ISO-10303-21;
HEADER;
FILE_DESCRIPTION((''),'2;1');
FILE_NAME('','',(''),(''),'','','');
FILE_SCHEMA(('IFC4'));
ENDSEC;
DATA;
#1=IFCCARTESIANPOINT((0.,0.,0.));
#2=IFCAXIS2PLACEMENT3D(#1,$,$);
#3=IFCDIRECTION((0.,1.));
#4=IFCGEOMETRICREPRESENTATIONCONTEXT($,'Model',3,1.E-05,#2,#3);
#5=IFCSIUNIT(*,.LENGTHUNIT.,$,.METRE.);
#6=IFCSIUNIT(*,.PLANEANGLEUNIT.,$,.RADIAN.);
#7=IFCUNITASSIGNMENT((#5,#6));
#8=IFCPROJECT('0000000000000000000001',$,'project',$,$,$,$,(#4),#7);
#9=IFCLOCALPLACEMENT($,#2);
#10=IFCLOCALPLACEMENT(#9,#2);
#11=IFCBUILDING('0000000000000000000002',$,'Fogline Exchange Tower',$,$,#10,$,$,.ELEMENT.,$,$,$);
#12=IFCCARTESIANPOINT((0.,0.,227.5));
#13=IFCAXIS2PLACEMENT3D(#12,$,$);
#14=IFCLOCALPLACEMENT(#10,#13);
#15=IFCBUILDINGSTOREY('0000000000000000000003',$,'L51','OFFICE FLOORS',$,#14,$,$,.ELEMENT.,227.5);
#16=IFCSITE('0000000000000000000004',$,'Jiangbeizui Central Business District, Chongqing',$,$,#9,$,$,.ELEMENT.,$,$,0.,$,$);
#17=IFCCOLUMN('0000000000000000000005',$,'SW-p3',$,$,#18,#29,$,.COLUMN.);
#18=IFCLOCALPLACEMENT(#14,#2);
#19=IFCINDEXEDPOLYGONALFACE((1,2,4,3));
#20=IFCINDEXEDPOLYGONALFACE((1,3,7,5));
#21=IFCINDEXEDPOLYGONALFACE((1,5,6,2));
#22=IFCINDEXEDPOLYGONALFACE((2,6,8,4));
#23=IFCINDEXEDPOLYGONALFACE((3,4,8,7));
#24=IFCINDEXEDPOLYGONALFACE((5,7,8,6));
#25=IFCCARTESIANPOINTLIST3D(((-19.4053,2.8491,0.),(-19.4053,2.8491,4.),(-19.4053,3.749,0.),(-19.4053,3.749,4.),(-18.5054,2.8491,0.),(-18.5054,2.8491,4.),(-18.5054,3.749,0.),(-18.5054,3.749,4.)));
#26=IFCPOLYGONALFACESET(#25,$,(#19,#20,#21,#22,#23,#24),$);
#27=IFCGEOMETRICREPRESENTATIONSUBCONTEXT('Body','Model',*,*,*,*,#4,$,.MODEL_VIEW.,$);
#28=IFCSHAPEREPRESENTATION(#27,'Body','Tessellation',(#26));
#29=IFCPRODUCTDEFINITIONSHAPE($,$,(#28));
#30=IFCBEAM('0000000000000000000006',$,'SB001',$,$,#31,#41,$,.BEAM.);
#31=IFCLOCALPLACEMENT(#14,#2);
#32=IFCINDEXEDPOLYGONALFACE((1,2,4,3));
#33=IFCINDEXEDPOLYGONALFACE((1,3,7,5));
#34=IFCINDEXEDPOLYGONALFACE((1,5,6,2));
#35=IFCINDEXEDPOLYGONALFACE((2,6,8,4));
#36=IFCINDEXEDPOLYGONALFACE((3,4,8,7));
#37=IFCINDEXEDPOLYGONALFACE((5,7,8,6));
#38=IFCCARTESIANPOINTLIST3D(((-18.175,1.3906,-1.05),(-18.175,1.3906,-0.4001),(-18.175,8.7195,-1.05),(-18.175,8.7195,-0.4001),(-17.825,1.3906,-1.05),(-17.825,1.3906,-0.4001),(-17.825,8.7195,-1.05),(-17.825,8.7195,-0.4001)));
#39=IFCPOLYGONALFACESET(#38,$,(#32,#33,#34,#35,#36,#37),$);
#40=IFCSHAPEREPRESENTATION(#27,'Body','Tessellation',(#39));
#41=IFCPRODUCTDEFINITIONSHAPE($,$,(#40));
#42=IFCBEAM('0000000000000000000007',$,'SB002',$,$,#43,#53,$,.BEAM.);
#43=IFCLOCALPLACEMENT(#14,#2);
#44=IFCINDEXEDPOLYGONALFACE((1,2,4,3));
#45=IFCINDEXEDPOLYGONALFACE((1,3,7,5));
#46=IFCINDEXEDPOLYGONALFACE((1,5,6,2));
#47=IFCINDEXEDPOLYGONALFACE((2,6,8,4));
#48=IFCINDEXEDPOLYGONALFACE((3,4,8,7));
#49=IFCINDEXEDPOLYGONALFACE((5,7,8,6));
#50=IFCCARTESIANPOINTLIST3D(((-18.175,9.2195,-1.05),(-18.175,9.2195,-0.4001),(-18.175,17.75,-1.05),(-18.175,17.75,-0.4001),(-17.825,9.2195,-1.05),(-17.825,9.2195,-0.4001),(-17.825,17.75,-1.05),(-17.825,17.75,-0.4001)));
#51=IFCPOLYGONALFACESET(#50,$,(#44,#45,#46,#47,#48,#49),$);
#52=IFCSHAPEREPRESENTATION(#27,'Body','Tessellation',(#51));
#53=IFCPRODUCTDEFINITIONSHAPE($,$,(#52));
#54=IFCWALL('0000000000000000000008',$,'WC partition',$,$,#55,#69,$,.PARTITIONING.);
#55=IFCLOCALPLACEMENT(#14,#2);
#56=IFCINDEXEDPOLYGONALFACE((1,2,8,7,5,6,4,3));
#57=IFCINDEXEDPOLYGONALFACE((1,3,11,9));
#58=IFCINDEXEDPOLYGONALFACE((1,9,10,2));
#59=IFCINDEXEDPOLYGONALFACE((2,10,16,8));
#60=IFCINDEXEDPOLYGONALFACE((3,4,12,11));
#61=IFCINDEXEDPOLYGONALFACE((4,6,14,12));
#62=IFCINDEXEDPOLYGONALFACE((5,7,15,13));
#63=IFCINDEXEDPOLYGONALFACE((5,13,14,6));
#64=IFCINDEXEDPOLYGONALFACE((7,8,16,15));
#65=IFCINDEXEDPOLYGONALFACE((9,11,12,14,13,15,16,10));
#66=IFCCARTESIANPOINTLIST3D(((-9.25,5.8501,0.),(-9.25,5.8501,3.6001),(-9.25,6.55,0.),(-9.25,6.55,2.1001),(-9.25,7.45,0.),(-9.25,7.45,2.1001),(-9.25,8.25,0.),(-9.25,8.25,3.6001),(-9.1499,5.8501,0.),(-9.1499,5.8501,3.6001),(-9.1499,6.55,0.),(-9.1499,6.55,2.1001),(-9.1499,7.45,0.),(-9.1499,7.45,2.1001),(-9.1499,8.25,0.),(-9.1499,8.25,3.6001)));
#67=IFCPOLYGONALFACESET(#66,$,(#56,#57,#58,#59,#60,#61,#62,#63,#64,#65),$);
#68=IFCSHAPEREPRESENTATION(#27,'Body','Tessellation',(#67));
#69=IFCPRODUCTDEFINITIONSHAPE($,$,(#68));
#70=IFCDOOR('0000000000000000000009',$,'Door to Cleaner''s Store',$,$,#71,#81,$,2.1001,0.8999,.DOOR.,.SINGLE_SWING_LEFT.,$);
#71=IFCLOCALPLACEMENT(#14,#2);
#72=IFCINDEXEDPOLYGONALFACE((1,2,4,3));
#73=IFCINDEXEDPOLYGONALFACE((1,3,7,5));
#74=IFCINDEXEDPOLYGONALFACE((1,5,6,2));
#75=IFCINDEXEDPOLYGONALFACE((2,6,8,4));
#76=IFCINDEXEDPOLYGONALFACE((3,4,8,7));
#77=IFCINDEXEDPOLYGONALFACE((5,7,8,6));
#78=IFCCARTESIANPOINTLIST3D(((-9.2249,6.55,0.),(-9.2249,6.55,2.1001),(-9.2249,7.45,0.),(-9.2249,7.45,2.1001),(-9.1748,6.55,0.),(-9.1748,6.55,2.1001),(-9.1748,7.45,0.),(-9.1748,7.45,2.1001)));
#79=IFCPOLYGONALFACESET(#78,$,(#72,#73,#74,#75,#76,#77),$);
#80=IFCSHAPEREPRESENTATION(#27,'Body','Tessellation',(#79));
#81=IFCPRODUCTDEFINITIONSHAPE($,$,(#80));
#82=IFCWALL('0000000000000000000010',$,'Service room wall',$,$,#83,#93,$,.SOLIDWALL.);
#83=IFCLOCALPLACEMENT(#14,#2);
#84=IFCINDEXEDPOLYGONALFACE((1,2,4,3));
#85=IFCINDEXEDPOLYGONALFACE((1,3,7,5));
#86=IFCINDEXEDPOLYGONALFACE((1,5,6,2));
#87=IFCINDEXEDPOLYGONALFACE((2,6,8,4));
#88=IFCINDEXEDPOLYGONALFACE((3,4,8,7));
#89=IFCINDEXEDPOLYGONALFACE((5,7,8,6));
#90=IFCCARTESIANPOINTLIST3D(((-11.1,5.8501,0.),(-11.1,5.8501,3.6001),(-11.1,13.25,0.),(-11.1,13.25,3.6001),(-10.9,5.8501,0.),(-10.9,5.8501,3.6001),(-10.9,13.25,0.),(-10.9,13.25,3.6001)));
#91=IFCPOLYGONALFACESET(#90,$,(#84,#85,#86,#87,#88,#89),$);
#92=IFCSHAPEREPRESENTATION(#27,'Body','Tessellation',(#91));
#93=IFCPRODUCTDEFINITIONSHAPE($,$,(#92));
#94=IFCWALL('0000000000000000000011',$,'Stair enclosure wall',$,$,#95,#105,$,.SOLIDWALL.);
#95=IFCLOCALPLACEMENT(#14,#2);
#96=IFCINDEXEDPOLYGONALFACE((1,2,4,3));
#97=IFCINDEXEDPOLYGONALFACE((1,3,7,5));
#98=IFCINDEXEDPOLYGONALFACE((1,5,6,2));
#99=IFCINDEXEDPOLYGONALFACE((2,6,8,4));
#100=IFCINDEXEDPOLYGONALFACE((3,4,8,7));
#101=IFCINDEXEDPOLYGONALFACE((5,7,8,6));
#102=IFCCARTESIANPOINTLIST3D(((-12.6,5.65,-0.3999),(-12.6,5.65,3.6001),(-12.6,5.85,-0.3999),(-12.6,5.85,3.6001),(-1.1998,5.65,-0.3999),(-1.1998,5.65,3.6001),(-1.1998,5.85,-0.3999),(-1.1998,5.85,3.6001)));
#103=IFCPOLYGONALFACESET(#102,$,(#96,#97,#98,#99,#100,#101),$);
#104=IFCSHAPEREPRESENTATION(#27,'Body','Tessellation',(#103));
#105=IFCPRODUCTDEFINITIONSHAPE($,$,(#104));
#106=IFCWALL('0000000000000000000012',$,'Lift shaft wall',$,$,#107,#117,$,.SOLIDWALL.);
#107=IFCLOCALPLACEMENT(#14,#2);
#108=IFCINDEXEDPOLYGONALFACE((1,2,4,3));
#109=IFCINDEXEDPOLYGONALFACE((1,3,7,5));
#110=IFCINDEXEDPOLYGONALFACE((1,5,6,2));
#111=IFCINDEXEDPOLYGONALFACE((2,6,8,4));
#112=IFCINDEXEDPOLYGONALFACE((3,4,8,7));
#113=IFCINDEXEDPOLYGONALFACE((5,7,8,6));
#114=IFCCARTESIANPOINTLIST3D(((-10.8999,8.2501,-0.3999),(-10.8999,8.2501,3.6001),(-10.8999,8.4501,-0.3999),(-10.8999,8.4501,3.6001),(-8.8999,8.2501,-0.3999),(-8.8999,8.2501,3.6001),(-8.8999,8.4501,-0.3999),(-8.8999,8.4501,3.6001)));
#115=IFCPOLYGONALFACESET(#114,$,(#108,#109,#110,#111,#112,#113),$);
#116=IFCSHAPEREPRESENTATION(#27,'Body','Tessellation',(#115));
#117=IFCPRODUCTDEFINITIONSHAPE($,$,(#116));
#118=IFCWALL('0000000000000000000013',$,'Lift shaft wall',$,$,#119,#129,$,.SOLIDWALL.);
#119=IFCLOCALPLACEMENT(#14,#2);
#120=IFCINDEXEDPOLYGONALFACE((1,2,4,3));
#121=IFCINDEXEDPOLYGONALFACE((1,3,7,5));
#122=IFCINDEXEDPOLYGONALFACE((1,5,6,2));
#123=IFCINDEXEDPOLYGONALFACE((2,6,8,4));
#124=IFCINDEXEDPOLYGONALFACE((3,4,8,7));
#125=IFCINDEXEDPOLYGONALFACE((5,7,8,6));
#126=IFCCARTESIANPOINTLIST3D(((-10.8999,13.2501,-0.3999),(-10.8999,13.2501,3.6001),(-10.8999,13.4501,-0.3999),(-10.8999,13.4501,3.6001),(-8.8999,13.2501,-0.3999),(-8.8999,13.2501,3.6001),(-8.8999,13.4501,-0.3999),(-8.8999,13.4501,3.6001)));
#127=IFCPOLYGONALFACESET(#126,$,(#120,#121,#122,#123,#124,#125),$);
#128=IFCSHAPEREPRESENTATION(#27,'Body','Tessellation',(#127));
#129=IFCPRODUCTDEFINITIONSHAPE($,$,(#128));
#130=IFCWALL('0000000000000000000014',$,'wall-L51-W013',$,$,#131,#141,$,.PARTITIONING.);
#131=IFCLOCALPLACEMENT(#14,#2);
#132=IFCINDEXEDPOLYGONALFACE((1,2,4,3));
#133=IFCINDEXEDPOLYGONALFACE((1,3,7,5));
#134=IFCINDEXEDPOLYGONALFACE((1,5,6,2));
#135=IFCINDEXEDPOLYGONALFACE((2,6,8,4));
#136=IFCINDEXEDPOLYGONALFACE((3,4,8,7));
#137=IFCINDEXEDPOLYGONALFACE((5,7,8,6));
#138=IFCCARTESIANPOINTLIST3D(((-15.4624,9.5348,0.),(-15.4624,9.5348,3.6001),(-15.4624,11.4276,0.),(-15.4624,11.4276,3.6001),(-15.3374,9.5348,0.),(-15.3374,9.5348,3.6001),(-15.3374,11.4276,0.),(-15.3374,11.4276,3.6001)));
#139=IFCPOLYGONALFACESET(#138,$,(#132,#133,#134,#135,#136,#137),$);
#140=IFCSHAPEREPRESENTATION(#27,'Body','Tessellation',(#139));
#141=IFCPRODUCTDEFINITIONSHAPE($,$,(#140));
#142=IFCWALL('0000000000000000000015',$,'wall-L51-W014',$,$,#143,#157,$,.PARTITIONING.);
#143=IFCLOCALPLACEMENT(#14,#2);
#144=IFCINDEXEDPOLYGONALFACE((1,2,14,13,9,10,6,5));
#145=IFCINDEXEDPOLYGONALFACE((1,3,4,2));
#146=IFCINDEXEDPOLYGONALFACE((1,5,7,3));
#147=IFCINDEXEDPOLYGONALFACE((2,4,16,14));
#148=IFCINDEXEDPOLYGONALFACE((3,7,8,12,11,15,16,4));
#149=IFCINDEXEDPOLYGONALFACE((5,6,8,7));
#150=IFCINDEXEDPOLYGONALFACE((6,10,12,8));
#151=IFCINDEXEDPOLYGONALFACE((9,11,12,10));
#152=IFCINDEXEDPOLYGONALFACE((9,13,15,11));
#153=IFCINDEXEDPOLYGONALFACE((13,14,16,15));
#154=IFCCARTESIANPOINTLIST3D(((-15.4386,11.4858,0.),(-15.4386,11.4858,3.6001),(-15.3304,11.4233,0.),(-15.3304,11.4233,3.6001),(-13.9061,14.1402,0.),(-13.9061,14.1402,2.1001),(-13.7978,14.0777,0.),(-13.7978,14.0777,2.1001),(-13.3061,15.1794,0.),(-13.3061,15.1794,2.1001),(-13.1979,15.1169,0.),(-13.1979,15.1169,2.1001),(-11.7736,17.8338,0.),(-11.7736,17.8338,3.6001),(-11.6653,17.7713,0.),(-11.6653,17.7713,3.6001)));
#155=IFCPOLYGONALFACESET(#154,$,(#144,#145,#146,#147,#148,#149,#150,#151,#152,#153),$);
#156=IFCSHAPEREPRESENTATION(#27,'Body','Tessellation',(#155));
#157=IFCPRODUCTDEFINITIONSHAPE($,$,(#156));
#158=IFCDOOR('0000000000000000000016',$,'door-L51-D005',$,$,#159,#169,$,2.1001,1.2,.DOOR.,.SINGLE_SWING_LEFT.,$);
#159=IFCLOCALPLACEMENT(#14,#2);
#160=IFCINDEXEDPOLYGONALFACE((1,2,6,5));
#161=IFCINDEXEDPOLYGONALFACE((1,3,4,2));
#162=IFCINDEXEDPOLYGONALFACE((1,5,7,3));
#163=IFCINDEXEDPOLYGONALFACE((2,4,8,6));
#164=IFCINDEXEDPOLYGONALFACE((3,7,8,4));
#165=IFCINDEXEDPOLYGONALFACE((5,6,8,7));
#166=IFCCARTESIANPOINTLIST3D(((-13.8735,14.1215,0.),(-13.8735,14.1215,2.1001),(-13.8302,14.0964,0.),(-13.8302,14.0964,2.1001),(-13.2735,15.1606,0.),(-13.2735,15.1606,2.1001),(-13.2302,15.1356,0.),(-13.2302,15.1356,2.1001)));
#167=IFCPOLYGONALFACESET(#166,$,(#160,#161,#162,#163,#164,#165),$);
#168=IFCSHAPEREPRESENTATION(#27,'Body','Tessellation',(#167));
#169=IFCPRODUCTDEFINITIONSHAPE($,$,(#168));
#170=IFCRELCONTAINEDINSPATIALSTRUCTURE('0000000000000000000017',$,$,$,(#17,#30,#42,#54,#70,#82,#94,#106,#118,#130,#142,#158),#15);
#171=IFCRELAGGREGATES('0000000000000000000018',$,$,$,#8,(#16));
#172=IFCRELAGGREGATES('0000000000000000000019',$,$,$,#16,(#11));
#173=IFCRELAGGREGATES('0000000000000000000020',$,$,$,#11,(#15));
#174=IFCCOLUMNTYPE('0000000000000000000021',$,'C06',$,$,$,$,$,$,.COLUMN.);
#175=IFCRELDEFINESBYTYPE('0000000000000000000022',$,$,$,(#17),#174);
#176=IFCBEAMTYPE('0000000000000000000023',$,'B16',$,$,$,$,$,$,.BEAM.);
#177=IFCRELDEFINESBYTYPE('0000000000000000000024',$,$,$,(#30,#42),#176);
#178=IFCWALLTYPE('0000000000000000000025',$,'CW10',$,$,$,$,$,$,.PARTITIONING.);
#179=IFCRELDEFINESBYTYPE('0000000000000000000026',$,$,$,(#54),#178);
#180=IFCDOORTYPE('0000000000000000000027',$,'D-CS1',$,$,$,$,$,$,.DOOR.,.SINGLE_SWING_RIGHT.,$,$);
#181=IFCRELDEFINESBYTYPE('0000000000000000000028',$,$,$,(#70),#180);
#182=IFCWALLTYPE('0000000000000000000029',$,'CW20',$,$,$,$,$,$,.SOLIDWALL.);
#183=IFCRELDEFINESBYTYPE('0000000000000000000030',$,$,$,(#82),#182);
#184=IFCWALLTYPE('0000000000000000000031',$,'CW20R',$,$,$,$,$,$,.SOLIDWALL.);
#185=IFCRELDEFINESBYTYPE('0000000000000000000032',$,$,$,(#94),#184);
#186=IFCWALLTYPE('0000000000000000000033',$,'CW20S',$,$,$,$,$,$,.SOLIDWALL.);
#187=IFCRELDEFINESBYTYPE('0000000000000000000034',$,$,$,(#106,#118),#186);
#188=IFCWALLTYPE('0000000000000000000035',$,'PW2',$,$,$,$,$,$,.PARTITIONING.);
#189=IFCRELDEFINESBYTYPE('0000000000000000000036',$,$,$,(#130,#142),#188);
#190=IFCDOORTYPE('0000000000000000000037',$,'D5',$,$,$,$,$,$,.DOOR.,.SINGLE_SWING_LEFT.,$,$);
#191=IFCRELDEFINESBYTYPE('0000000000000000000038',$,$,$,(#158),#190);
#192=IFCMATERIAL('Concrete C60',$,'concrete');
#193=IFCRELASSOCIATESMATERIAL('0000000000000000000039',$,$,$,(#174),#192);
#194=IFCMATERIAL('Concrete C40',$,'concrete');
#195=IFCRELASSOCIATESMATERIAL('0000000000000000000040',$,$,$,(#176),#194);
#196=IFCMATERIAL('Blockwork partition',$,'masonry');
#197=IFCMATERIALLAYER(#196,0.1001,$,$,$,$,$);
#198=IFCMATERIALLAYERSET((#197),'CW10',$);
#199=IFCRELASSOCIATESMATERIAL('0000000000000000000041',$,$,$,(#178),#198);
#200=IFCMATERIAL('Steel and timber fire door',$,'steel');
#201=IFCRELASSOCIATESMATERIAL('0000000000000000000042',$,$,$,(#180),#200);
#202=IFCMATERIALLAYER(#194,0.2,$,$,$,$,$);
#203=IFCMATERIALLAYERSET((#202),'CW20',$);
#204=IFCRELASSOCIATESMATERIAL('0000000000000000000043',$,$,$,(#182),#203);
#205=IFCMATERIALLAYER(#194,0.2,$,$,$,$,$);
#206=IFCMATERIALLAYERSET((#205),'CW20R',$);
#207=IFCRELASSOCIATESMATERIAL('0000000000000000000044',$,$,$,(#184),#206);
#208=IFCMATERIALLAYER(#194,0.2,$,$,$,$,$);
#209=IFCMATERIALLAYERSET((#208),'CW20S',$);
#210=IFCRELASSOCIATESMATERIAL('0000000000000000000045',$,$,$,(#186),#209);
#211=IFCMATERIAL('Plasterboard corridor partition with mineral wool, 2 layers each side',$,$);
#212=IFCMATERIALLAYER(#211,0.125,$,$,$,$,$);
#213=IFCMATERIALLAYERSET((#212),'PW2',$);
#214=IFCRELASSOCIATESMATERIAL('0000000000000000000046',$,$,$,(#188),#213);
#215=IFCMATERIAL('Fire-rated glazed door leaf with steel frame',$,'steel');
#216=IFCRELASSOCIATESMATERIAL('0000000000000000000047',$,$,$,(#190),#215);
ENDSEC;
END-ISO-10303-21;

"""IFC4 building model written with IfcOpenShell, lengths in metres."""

from ifc_helpers import new_model, si_unit, direction, frame, frame_2d, origin, origin_2d, place, context, subcontext, project, spatial, rectangle, extrude, material, layer, layer_set, material_profile, profile_set, type_object, element, fill, save


model = new_model("IFC4")

# Units and contexts
model_context = context("Model", 3, precision=1e-05, world=origin(), true_north=direction((0.0, 1.0)))
body_context = subcontext(model_context, "Body", "Model", "MODEL_VIEW")
ifc_project = project(units=[si_unit("LENGTHUNIT", "METRE"), si_unit("PLANEANGLEUNIT", "RADIAN")], contexts=[model_context])

# Site, building, storey
site_placement = place(None, origin())
site = spatial("IfcSite", under=ifc_project, at=site_placement, Name="Jiangbeizui Central Business District, Chongqing", CompositionType="ELEMENT", RefElevation=0.0)
building_placement = place(site_placement, origin())
building = spatial("IfcBuilding", under=site, at=building_placement, Name="Fogline Exchange Tower", CompositionType="ELEMENT")
storey_placement = place(building_placement, frame((0.0, 0.0, 227.5)))
storey = spatial("IfcBuildingStorey", under=building, at=storey_placement, Name="L51", Description="OFFICE FLOORS", CompositionType="ELEMENT", Elevation=227.5)

# Column
ifc_material_1 = material(Name="Concrete C60", Category="concrete")
ifc_material_profile_1 = material_profile(ifc_material_1, rectangle(XDim=0.8999, YDim=0.8999, at=origin_2d()), Name="RC 900x900")
ifc_profile_set_1 = profile_set([ifc_material_profile_1], Name="Concrete C60")
column_type = type_object("IfcColumnType", Name="C06", PredefinedType="COLUMN", material=ifc_profile_set_1)
column_placement = place(storey_placement, frame((-18.9553, 3.2991, 0.0), z_axis=(0.0, 0.0, 1.0), x_axis=(1.0, 0.0, 0.0)))
element("IfcColumn", 1, at=column_placement, inside=storey, type_object=column_type, Name="SW-p3", PredefinedType="COLUMN", context=body_context, shape_type="SweptSolid", body=[
    extrude(rectangle(XDim=0.8999, YDim=0.8999, at=origin_2d()), origin(), (0.0, 0.0, 1.0), 4.0),
])

# Beams
ifc_material_2 = material(Name="Concrete C40", Category="concrete")
ifc_material_profile_2 = material_profile(ifc_material_2, rectangle(XDim=0.3501, YDim=0.6499, at=origin_2d()), Name="RC 350x650")
ifc_profile_set_2 = profile_set([ifc_material_profile_2], Name="Concrete C40")
beam_type = type_object("IfcBeamType", Name="B16", PredefinedType="BEAM", material=ifc_profile_set_2)
beam_1_placement = place(storey_placement, frame((-18.0, 1.3906, -0.7251), z_axis=(0.0, 1.0, 0.0), x_axis=(-1.0, 0.0, 0.0)))
element("IfcBeam", 2, at=beam_1_placement, inside=storey, type_object=beam_type, Name="SB001", PredefinedType="BEAM", context=body_context, shape_type="SweptSolid", body=[
    extrude(rectangle(XDim=0.3501, YDim=0.6499, at=origin_2d()), origin(), (0.0, 0.0, 1.0), 7.3289),
])
beam_2_placement = place(storey_placement, frame((-18.0, 9.2195, -0.7251), z_axis=(0.0, 1.0, 0.0), x_axis=(-1.0, 0.0, 0.0)))
element("IfcBeam", 3, at=beam_2_placement, inside=storey, type_object=beam_type, Name="SB002", PredefinedType="BEAM", context=body_context, shape_type="SweptSolid", body=[
    extrude(rectangle(XDim=0.3501, YDim=0.6499, at=origin_2d()), origin(), (0.0, 0.0, 1.0), 8.5305),
])

# Wall, opening, door
ifc_material_3 = material(Name="Blockwork partition", Category="masonry")
ifc_layer_1 = layer(ifc_material_3, 0.1001)
ifc_layer_set_1 = layer_set([ifc_layer_1], Name="CW10")
wall_type_1 = type_object("IfcWallType", Name="CW10", PredefinedType="PARTITIONING", material=ifc_layer_set_1)
wall_1_placement = place(storey_placement, frame((-9.2, 5.8501, 0.0), z_axis=(0.0, 0.0, 1.0), x_axis=(0.0, 1.0, 0.0)))
wall_1 = element("IfcWall", 4, at=wall_1_placement, inside=storey, type_object=wall_type_1, Name="WC partition", PredefinedType="PARTITIONING", context=body_context, shape_type="SweptSolid", body=[
    extrude(rectangle(XDim=2.3999, YDim=0.1001, at=frame_2d((1.2, 0.0))), origin(), (0.0, 0.0, 1.0), 3.6001),
])
opening_1_placement = place(wall_1_placement, frame((0.7, 0.0, 0.0)))
opening_1 = element("IfcOpeningElement", 5, at=opening_1_placement, cuts=wall_1, PredefinedType="OPENING", context=body_context, shape_type="SweptSolid", body=[
    extrude(rectangle(XDim=0.8999, YDim=2.1001, at=frame_2d((0.45, 1.05))), frame((0.0, 0.0601, 0.0), z_axis=(0.0, -1.0, 0.0), x_axis=(1.0, 0.0, 0.0)), (0.0, 0.0, 1.0), 0.1201),
])
ifc_material_4 = material(Name="Steel and timber fire door", Category="steel")
door_type_1 = type_object("IfcDoorType", Name="D-CS1", OperationType="SINGLE_SWING_RIGHT", PredefinedType="DOOR", material=ifc_material_4)
door_1_placement = place(opening_1_placement, origin())
door_1 = element("IfcDoor", 6, at=door_1_placement, inside=storey, type_object=door_type_1, Name="Door to Cleaner's Store", OperationType="SINGLE_SWING_LEFT", OverallHeight=2.1001, OverallWidth=0.8999, PredefinedType="DOOR", context=body_context, shape_type="SweptSolid", body=[
    extrude(rectangle(XDim=0.8999, YDim=2.1001, at=frame_2d((0.45, 1.05))), frame((0.0, 0.0249, 0.0), z_axis=(0.0, -1.0, 0.0), x_axis=(1.0, 0.0, 0.0)), (0.0, 0.0, 1.0), 0.05),
])
fill(opening_1, door_1)

# Walls
ifc_layer_2 = layer(ifc_material_2, 0.2)
ifc_layer_set_2 = layer_set([ifc_layer_2], Name="CW20")
wall_type_2 = type_object("IfcWallType", Name="CW20", PredefinedType="SOLIDWALL", material=ifc_layer_set_2)
wall_2_placement = place(storey_placement, frame((-11.0, 5.8501, 0.0), z_axis=(0.0, 0.0, 1.0), x_axis=(0.0, 1.0, 0.0)))
element("IfcWall", 7, at=wall_2_placement, inside=storey, type_object=wall_type_2, Name="Service room wall", PredefinedType="SOLIDWALL", context=body_context, shape_type="SweptSolid", body=[
    extrude(rectangle(XDim=7.3999, YDim=0.2, at=frame_2d((3.7, 0.0))), origin(), (0.0, 0.0, 1.0), 3.6001),
])
ifc_layer_3 = layer(ifc_material_2, 0.2)
ifc_layer_set_3 = layer_set([ifc_layer_3], Name="CW20R")
wall_type_3 = type_object("IfcWallType", Name="CW20R", PredefinedType="SOLIDWALL", material=ifc_layer_set_3)
wall_3_placement = place(storey_placement, frame((-12.6001, 5.75, -0.3999), z_axis=(0.0, 0.0, 1.0), x_axis=(1.0, 0.0, 0.0)))
element("IfcWall", 8, at=wall_3_placement, inside=storey, type_object=wall_type_3, Name="Stair enclosure wall", PredefinedType="SOLIDWALL", context=body_context, shape_type="SweptSolid", body=[
    extrude(rectangle(XDim=11.4001, YDim=0.2, at=frame_2d((5.7002, 0.0))), origin(), (0.0, 0.0, 1.0), 4.0),
])
ifc_layer_4 = layer(ifc_material_2, 0.2)
ifc_layer_set_4 = layer_set([ifc_layer_4], Name="CW20S")
wall_type_4 = type_object("IfcWallType", Name="CW20S", PredefinedType="SOLIDWALL", material=ifc_layer_set_4)
for number, where, z_axis, x_axis, name in (
    (9, (-10.8999, 8.3501, -0.3999), (0.0, 0.0, 1.0), (1.0, 0.0, 0.0), "Lift shaft wall"),
    (10, (-10.8999, 13.3501, -0.3999), (0.0, 0.0, 1.0), (1.0, 0.0, 0.0), "Lift shaft wall"),
):
    element("IfcWall", number, at=place(storey_placement, frame(where, z_axis=z_axis, x_axis=x_axis)), inside=storey, type_object=wall_type_4, Name=name, PredefinedType="SOLIDWALL", context=body_context, shape_type="SweptSolid", body=[
        extrude(rectangle(XDim=2.0, YDim=0.2, at=frame_2d((1.0, 0.0))), origin(), (0.0, 0.0, 1.0), 4.0),
    ])
ifc_material_5 = material(Name="Plasterboard corridor partition with mineral wool, 2 layers each side")
ifc_layer_5 = layer(ifc_material_5, 0.125)
ifc_layer_set_5 = layer_set([ifc_layer_5], Name="PW2")
wall_type_5 = type_object("IfcWallType", Name="PW2", PredefinedType="PARTITIONING", material=ifc_layer_set_5)
wall_4_placement = place(storey_placement, frame((-15.3999, 9.5349, 0.0), z_axis=(0.0, 0.0, 1.0), x_axis=(0.0, 1.0, 0.0)))
element("IfcWall", 11, at=wall_4_placement, inside=storey, type_object=wall_type_5, Name="wall-L51-W013", PredefinedType="PARTITIONING", context=body_context, shape_type="SweptSolid", body=[
    extrude(rectangle(XDim=1.8928, YDim=0.125, at=frame_2d((0.9463, 0.0))), origin(), (0.0, 0.0, 1.0), 3.6001),
])

# Wall, opening, door
wall_5_placement = place(storey_placement, frame((-15.3845, 11.4546, 0.0), z_axis=(0.0, 0.0, 1.0), x_axis=(0.500008, 0.866021, 0.0)))
wall_5 = element("IfcWall", 12, at=wall_5_placement, inside=storey, type_object=wall_type_5, Name="wall-L51-W014", PredefinedType="PARTITIONING", context=body_context, shape_type="SweptSolid", body=[
    extrude(rectangle(XDim=7.3301, YDim=0.125, at=frame_2d((3.665, 0.0))), origin(), (0.0, 0.0, 1.0), 3.6001),
])
opening_2_placement = place(wall_5_placement, frame((3.0649, 0.0, 0.0)))
opening_2 = element("IfcOpeningElement", 13, at=opening_2_placement, cuts=wall_5, PredefinedType="OPENING", context=body_context, shape_type="SweptSolid", body=[
    extrude(rectangle(XDim=1.2, YDim=2.1001, at=frame_2d((0.6001, 1.05))), frame((0.0, 0.0725, 0.0), z_axis=(0.0, -1.0, 0.0), x_axis=(1.0, 0.0, 0.0)), (0.0, 0.0, 1.0), 0.145),
])
ifc_material_6 = material(Name="Fire-rated glazed door leaf with steel frame", Category="steel")
door_type_2 = type_object("IfcDoorType", Name="D5", OperationType="SINGLE_SWING_LEFT", PredefinedType="DOOR", material=ifc_material_6)
door_2_placement = place(opening_2_placement, origin())
door_2 = element("IfcDoor", 14, at=door_2_placement, inside=storey, type_object=door_type_2, Name="door-L51-D005", OperationType="SINGLE_SWING_LEFT", OverallHeight=2.1001, OverallWidth=1.2, PredefinedType="DOOR", context=body_context, shape_type="SweptSolid", body=[
    extrude(rectangle(XDim=1.2, YDim=2.1001, at=frame_2d((0.6001, 1.05))), frame((0.0, 0.0249, 0.0), z_axis=(0.0, -1.0, 0.0), x_axis=(1.0, 0.0, 0.0)), (0.0, 0.0, 1.0), 0.05),
])
fill(opening_2, door_2)

save(model, "model.ifc")
